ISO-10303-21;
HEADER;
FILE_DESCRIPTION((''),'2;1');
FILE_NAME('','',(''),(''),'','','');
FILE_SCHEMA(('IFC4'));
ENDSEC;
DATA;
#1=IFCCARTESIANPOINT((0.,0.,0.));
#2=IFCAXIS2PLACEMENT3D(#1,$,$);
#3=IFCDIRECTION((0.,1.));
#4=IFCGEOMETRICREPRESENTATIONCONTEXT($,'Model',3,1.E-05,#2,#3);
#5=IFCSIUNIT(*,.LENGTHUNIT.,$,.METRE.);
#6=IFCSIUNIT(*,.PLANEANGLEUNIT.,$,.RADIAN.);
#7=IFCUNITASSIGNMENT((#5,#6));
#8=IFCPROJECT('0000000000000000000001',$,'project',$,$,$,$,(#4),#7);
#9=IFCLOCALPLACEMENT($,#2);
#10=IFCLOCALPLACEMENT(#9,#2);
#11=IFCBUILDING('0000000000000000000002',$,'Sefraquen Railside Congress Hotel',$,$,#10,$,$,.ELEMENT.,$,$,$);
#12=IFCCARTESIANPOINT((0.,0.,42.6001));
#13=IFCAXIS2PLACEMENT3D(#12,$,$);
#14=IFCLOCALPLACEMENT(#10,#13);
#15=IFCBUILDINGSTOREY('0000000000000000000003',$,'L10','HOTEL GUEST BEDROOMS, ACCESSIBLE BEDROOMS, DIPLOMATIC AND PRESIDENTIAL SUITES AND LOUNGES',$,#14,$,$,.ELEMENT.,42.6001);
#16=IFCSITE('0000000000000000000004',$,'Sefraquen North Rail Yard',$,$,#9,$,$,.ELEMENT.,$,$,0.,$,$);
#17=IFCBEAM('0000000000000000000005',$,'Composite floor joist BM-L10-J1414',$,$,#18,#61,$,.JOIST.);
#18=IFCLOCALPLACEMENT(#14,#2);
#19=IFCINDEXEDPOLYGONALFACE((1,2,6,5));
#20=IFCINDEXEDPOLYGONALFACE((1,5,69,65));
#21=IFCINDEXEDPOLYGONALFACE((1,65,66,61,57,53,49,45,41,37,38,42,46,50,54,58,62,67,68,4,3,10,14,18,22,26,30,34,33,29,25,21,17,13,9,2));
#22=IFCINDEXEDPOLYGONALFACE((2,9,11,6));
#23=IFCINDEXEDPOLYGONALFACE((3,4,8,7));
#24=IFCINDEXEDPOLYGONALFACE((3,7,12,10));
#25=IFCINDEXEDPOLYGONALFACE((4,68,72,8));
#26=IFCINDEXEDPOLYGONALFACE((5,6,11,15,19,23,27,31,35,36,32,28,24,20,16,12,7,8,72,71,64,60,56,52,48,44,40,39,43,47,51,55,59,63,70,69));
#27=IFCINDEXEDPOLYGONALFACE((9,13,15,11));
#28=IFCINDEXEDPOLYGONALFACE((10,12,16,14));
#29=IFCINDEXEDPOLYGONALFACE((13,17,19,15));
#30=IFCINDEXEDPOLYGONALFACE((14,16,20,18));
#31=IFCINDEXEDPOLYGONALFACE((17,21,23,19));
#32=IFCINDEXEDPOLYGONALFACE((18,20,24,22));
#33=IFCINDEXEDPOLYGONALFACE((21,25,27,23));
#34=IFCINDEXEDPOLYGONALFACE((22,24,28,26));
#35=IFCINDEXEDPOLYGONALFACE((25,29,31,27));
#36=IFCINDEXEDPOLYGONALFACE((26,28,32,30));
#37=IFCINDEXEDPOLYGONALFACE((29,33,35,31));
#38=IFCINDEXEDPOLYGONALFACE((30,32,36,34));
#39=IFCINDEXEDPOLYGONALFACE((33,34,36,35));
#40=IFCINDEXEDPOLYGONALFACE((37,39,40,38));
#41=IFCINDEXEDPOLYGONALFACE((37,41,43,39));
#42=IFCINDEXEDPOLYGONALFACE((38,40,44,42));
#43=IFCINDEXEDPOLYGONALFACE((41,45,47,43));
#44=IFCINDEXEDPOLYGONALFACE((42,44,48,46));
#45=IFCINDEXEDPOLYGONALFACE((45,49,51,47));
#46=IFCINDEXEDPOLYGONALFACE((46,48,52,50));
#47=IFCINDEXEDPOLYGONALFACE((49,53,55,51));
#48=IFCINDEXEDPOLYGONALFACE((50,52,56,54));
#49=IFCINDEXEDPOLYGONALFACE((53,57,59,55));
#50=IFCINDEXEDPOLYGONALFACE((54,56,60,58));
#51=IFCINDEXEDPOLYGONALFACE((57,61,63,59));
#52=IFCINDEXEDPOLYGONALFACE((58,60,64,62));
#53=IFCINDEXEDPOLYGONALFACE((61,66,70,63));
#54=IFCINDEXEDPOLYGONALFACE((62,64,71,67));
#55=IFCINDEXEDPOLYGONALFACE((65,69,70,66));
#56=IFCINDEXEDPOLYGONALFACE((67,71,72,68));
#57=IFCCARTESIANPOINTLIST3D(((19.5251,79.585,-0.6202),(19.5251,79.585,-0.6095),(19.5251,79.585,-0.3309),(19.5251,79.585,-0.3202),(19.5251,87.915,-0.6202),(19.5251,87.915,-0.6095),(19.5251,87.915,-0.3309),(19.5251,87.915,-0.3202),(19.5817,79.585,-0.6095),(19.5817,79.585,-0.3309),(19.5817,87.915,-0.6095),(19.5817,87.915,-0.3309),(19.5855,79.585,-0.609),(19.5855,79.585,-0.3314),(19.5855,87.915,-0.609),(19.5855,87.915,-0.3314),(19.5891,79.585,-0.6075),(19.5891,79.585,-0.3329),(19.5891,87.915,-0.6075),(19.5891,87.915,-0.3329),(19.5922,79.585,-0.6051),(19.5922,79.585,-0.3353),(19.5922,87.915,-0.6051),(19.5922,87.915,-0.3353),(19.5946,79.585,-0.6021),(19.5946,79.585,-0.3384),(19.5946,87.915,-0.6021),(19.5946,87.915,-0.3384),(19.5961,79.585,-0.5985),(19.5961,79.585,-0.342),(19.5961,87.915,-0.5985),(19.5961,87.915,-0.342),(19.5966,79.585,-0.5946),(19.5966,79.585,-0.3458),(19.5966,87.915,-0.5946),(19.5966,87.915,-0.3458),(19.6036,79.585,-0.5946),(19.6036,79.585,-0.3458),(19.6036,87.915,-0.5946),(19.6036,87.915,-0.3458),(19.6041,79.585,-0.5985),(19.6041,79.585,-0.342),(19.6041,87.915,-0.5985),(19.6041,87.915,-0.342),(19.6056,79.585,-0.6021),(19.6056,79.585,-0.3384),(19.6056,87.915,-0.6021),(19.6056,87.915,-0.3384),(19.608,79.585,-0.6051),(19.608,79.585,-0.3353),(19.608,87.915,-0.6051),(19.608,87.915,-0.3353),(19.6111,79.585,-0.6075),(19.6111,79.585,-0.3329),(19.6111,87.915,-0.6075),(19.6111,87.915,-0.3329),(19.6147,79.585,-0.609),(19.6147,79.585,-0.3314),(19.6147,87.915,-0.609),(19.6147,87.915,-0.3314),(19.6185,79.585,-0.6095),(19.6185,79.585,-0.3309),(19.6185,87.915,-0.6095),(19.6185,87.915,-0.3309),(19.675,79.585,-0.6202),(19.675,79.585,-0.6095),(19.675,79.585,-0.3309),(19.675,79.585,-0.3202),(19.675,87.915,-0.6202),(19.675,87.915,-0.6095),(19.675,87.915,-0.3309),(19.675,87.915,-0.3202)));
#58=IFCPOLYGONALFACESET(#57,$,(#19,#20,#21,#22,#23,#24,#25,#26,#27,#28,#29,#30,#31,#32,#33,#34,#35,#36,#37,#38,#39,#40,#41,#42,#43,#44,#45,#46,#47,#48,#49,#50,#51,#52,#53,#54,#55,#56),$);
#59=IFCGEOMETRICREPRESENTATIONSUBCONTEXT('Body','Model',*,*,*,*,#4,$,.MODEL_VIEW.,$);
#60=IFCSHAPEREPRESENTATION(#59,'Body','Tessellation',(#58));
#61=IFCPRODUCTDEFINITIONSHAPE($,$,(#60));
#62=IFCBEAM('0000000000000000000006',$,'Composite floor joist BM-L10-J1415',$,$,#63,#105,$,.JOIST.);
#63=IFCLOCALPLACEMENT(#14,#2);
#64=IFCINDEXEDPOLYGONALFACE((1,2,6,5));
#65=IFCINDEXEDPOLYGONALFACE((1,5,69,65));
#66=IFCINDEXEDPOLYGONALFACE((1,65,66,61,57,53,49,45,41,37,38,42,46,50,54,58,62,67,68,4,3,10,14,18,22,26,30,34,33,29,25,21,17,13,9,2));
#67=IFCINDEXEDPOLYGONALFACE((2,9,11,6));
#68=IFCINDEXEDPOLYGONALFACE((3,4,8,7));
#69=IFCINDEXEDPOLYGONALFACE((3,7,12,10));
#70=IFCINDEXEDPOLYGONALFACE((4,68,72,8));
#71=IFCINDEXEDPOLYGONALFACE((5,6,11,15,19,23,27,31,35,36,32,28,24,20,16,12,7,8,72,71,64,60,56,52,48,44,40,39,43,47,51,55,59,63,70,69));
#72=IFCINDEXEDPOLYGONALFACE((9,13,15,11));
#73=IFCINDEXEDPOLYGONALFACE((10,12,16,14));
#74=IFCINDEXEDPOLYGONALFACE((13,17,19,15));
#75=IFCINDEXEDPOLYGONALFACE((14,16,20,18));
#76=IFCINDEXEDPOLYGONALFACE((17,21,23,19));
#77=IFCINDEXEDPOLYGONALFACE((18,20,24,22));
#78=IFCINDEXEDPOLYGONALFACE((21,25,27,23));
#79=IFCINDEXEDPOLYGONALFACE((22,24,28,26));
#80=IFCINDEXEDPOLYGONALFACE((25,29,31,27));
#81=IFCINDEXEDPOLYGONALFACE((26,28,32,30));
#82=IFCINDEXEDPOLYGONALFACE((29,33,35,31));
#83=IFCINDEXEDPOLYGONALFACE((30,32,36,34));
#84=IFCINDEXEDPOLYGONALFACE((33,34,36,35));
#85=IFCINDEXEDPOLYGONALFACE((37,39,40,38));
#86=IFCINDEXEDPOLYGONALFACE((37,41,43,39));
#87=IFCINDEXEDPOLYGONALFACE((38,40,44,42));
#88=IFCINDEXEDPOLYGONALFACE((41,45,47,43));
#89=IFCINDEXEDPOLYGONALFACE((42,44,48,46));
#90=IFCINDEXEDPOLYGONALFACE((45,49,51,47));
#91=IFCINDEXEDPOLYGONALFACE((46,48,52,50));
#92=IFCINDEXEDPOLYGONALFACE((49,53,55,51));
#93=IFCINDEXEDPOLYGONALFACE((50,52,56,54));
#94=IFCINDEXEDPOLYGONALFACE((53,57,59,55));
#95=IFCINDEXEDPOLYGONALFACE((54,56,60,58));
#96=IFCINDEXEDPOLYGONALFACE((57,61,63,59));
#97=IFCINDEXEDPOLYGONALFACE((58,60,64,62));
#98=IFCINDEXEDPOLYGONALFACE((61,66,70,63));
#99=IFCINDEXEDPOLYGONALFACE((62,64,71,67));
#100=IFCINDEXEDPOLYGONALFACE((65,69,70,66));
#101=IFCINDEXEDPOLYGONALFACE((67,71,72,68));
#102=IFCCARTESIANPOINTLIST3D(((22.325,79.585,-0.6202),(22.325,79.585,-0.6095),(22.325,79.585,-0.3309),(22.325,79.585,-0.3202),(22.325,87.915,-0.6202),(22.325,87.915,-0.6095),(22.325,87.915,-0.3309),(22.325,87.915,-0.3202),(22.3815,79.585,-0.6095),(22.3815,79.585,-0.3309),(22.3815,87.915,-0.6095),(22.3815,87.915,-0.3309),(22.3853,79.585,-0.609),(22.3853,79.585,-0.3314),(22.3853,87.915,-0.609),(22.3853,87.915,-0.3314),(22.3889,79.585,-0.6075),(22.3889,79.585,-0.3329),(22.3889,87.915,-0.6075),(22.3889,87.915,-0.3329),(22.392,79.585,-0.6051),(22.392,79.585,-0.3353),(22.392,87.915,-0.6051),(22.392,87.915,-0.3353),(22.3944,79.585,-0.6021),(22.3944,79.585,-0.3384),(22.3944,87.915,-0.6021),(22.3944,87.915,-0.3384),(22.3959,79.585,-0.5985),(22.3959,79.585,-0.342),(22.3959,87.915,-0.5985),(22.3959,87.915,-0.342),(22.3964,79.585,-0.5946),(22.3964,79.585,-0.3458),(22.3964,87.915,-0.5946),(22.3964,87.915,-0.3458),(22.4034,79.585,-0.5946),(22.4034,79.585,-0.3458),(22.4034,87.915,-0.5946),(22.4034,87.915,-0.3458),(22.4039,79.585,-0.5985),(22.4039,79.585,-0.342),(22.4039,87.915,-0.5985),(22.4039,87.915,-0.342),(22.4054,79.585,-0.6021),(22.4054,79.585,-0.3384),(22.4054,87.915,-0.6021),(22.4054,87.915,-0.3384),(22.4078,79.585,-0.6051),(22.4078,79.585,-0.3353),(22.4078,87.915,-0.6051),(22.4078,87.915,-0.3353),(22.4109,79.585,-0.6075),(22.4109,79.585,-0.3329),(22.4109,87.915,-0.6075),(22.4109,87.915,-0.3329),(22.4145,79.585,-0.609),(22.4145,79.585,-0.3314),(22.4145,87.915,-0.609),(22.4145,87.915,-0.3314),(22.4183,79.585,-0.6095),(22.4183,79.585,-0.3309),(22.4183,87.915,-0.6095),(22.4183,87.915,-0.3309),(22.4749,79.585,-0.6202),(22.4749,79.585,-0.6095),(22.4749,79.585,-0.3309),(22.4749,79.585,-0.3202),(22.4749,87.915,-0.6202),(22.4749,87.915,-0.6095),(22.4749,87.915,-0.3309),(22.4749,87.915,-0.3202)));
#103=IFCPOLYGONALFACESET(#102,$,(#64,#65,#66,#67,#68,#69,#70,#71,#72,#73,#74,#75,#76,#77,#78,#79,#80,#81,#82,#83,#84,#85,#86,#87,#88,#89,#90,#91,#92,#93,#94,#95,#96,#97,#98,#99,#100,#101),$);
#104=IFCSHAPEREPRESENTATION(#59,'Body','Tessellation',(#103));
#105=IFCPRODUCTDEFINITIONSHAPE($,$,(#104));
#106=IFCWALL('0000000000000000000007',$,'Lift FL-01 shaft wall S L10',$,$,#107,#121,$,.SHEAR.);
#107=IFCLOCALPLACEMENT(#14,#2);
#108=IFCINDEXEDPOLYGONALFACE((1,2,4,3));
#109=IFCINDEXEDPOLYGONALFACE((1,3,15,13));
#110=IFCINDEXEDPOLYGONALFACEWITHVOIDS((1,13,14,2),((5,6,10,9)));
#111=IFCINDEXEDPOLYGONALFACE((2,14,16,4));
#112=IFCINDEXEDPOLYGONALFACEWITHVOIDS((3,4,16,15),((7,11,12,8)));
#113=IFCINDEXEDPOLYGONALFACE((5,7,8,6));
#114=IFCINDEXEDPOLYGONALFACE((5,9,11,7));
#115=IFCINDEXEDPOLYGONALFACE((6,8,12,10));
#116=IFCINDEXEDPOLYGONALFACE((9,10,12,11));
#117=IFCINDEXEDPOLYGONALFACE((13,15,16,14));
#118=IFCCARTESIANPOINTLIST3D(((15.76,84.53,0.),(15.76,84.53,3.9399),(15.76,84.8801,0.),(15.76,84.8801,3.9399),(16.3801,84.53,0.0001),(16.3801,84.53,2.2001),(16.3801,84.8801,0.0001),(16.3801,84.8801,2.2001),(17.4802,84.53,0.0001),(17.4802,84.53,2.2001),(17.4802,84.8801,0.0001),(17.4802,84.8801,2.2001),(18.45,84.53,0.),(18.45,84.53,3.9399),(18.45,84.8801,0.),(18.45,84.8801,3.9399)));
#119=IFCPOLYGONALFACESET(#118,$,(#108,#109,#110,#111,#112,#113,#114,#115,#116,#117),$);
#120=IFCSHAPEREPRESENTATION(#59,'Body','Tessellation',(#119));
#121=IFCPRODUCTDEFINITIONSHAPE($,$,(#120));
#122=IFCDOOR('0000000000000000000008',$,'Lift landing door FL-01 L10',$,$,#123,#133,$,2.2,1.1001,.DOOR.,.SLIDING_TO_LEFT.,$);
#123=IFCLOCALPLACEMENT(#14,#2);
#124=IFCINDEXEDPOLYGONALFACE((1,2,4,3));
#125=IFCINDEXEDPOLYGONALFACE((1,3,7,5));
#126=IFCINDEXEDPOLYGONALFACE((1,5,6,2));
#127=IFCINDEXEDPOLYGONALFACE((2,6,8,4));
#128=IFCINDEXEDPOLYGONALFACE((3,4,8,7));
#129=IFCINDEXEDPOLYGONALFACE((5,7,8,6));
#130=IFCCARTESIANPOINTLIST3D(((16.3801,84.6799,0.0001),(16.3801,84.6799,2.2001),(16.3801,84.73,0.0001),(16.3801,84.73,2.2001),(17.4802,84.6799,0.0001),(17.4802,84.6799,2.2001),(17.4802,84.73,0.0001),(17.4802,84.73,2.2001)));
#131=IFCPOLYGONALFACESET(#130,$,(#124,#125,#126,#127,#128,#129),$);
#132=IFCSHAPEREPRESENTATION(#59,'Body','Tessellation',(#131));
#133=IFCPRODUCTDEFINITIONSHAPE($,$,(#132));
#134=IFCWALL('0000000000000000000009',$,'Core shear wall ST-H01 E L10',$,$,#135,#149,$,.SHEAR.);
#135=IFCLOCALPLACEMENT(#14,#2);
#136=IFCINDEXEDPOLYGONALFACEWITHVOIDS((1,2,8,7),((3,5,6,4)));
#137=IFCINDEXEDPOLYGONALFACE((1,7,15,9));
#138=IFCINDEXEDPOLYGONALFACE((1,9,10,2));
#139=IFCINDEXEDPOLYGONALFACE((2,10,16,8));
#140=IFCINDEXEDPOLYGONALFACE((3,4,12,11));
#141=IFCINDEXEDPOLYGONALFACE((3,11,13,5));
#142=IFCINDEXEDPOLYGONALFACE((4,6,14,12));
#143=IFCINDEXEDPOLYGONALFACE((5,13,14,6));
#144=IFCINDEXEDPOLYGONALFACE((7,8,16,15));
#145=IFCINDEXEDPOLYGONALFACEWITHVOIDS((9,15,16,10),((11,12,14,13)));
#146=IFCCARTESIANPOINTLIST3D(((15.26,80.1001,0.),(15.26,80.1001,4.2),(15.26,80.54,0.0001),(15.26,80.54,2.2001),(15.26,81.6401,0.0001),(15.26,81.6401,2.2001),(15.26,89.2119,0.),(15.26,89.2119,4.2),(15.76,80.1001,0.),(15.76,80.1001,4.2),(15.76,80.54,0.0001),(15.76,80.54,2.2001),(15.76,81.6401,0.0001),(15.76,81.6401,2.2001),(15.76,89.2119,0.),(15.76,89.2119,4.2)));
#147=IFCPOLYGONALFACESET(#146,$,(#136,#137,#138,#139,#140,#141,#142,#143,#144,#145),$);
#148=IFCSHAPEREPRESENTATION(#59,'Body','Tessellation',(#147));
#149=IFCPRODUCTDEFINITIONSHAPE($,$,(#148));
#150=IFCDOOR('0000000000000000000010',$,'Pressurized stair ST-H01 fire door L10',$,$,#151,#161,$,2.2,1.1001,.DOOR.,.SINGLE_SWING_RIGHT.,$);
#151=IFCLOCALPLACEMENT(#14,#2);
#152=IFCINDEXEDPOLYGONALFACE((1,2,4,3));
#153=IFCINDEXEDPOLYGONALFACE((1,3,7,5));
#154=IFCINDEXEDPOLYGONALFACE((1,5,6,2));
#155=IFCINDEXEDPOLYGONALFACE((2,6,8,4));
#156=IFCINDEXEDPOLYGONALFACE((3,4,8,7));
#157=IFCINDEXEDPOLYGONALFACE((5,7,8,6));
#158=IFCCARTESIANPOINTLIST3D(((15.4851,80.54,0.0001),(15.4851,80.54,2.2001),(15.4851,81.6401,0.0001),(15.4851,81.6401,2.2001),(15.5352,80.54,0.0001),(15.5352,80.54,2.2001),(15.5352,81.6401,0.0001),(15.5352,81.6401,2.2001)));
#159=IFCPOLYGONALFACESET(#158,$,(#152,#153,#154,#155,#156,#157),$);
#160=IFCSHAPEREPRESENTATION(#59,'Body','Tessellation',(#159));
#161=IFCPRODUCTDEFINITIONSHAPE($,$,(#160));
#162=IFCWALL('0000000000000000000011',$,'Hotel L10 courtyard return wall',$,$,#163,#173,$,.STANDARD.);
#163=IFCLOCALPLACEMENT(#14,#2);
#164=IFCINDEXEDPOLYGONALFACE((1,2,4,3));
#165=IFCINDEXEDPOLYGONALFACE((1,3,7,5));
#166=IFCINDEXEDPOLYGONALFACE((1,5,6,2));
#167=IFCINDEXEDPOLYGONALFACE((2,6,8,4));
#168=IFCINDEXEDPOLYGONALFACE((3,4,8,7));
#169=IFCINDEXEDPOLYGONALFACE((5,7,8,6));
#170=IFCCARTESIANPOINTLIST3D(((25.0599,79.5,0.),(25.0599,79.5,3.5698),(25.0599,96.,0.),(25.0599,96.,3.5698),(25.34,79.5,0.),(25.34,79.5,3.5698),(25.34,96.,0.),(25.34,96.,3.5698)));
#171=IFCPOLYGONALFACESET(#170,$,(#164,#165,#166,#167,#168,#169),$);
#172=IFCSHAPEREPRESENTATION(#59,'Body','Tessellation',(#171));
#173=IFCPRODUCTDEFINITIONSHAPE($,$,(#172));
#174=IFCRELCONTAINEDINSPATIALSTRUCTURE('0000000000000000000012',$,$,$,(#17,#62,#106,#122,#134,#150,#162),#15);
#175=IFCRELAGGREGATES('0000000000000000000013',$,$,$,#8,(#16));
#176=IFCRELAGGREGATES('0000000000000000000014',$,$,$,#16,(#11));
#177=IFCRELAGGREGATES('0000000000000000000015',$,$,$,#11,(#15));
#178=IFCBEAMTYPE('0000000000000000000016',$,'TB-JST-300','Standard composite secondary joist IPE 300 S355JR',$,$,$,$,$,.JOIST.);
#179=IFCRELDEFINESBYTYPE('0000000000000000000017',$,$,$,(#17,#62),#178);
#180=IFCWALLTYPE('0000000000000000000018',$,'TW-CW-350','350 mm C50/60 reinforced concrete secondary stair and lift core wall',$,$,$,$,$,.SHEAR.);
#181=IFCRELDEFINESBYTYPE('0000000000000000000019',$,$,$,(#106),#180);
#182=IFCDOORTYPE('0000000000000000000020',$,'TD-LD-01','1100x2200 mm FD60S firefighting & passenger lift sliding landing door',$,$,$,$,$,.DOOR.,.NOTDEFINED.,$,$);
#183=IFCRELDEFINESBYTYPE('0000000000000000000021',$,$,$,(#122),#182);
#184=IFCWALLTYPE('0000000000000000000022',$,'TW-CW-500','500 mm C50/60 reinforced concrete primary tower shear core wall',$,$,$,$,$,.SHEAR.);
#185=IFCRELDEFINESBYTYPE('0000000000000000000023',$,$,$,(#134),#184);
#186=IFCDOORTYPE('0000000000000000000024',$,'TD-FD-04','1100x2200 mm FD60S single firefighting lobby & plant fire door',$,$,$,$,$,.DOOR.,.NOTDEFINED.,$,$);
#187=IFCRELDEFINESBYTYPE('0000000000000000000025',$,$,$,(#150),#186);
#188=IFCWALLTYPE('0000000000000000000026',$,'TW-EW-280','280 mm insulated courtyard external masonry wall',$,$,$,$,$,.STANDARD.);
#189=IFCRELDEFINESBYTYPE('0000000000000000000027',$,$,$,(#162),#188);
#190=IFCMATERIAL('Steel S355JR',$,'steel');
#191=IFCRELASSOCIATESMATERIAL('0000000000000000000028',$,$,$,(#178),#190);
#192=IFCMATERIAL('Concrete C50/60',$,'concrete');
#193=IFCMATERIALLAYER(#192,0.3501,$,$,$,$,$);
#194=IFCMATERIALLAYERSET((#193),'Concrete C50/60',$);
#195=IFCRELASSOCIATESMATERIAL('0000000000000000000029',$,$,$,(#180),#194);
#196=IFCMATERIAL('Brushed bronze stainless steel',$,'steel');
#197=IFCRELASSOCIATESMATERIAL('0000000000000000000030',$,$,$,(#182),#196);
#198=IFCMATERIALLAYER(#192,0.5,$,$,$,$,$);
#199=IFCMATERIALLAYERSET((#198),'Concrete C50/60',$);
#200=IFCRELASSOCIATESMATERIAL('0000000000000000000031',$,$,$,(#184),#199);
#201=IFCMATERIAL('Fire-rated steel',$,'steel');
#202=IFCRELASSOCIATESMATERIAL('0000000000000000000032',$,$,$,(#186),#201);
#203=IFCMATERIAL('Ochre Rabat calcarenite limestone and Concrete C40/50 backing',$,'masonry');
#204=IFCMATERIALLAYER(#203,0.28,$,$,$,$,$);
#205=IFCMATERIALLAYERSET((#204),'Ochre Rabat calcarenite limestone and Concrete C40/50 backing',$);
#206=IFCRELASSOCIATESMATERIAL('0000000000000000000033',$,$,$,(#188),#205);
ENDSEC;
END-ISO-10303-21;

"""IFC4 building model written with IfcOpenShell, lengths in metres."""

from ifc_helpers import new_model, si_unit, direction, frame, frame_2d, origin, origin_2d, place, context, subcontext, project, spatial, rectangle, i_section, extrude, material, layer, layer_set, material_profile, profile_set, type_object, element, fill, save


model = new_model("IFC4")

# Units and contexts
model_context = context("Model", 3, precision=1e-05, world=origin(), true_north=direction((0.0, 1.0)))
body_context = subcontext(model_context, "Body", "Model", "MODEL_VIEW")
ifc_project = project(units=[si_unit("LENGTHUNIT", "METRE"), si_unit("PLANEANGLEUNIT", "RADIAN")], contexts=[model_context])

# Site, building, storey
site_placement = place(None, origin())
site = spatial("IfcSite", under=ifc_project, at=site_placement, Name="Sefraquen North Rail Yard", CompositionType="ELEMENT", RefElevation=0.0)
building_placement = place(site_placement, origin())
building = spatial("IfcBuilding", under=site, at=building_placement, Name="Sefraquen Railside Congress Hotel", CompositionType="ELEMENT")
storey_placement = place(building_placement, frame((0.0, 0.0, 42.6001)))
storey = spatial("IfcBuildingStorey", under=building, at=storey_placement, Name="L10", Description="HOTEL GUEST BEDROOMS, ACCESSIBLE BEDROOMS, DIPLOMATIC AND PRESIDENTIAL SUITES AND LOUNGES", CompositionType="ELEMENT", Elevation=42.6001)

# Shared definitions
ifc_material_1 = material(Name="Steel S355JR", Category="steel")

# Beams
ifc_material_profile_1 = material_profile(ifc_material_1, i_section(OverallWidth=0.1499, OverallDepth=0.3, WebThickness=0.0071, FlangeThickness=0.0107, FilletRadius=0.0149, at=origin_2d()), Name="IPE 300")
ifc_profile_set_1 = profile_set([ifc_material_profile_1], Name="Steel S355JR")
beam_type_1 = type_object("IfcBeamType", Name="TB-JST-300", Description="Standard composite secondary joist IPE 300 S355JR", PredefinedType="JOIST", material=ifc_profile_set_1)
for number, where, z_axis, x_axis, name in (
    (1, (19.6001, 79.585, -0.4702), (0.0, 1.0, 0.0), (-1.0, 0.0, 0.0), "Composite floor joist BM-L10-J1414"),
    (2, (22.3999, 79.585, -0.4702), (0.0, 1.0, 0.0), (-1.0, 0.0, 0.0), "Composite floor joist BM-L10-J1415"),
):
    element("IfcBeam", number, at=place(storey_placement, frame(where, z_axis=z_axis, x_axis=x_axis)), inside=storey, type_object=beam_type_1, Name=name, PredefinedType="JOIST", context=body_context, shape_type="SweptSolid", body=[
        extrude(i_section(OverallWidth=0.1499, OverallDepth=0.3, WebThickness=0.0071, FlangeThickness=0.0107, FilletRadius=0.0149, at=origin_2d()), origin(), (0.0, 0.0, 1.0), 8.3301),
    ])

# Walls, openings, doors
ifc_material_2 = material(Name="Concrete C50/60", Category="concrete")
ifc_layer_1 = layer(ifc_material_2, 0.3501)
ifc_layer_set_1 = layer_set([ifc_layer_1], Name="Concrete C50/60")
wall_type_1 = type_object("IfcWallType", Name="TW-CW-350", Description="350 mm C50/60 reinforced concrete secondary stair and lift core wall", PredefinedType="SHEAR", material=ifc_layer_set_1)
wall_1_placement = place(storey_placement, frame((15.76, 84.7051, 0.0), z_axis=(0.0, 0.0, 1.0), x_axis=(1.0, 0.0, 0.0)))
wall_1 = element("IfcWall", 3, at=wall_1_placement, inside=storey, type_object=wall_type_1, Name="Lift FL-01 shaft wall S L10", PredefinedType="SHEAR", context=body_context, shape_type="SweptSolid", body=[
    extrude(rectangle(XDim=2.6899, YDim=0.3501, at=frame_2d((1.345, 0.0))), origin(), (0.0, 0.0, 1.0), 3.9399),
])
opening_1_placement = place(wall_1_placement, frame((0.6201, 0.0, 0.0)))
opening_1 = element("IfcOpeningElement", 4, at=opening_1_placement, cuts=wall_1, PredefinedType="OPENING", context=body_context, shape_type="SweptSolid", body=[
    extrude(rectangle(XDim=1.1001, YDim=2.2, at=frame_2d((0.55, 1.1001))), frame((0.0, 0.1851, 0.0), z_axis=(0.0, -1.0, 0.0), x_axis=(1.0, 0.0, 0.0)), (0.0, 0.0, 1.0), 0.3701),
])
ifc_material_3 = material(Name="Brushed bronze stainless steel", Category="steel")
door_type_1 = type_object("IfcDoorType", Name="TD-LD-01", Description="1100x2200 mm FD60S firefighting & passenger lift sliding landing door", OperationType="NOTDEFINED", PredefinedType="DOOR", material=ifc_material_3)
door_1_placement = place(opening_1_placement, origin())
door_1 = element("IfcDoor", 5, at=door_1_placement, inside=storey, type_object=door_type_1, Name="Lift landing door FL-01 L10", OperationType="SLIDING_TO_LEFT", OverallHeight=2.2, OverallWidth=1.1001, PredefinedType="DOOR", context=body_context, shape_type="SweptSolid", body=[
    extrude(rectangle(XDim=1.1001, YDim=2.2, at=frame_2d((0.55, 1.1001))), frame((0.0, 0.0249, 0.0), z_axis=(0.0, -1.0, 0.0), x_axis=(1.0, 0.0, 0.0)), (0.0, 0.0, 1.0), 0.05),
])
fill(opening_1, door_1)
ifc_layer_2 = layer(ifc_material_2, 0.5)
ifc_layer_set_2 = layer_set([ifc_layer_2], Name="Concrete C50/60")
wall_type_2 = type_object("IfcWallType", Name="TW-CW-500", Description="500 mm C50/60 reinforced concrete primary tower shear core wall", PredefinedType="SHEAR", material=ifc_layer_set_2)
wall_2_placement = place(storey_placement, frame((15.51, 80.1001, 0.0), z_axis=(0.0, 0.0, 1.0), x_axis=(0.0, 1.0, 0.0)))
wall_2 = element("IfcWall", 6, at=wall_2_placement, inside=storey, type_object=wall_type_2, Name="Core shear wall ST-H01 E L10", PredefinedType="SHEAR", context=body_context, shape_type="SweptSolid", body=[
    extrude(rectangle(XDim=9.1118, YDim=0.5, at=frame_2d((4.5559, 0.0))), origin(), (0.0, 0.0, 1.0), 4.2),
])
opening_2_placement = place(wall_2_placement, frame((0.4399, 0.0, 0.0)))
opening_2 = element("IfcOpeningElement", 7, at=opening_2_placement, cuts=wall_2, PredefinedType="OPENING", context=body_context, shape_type="SweptSolid", body=[
    extrude(rectangle(XDim=1.1001, YDim=2.2, at=frame_2d((0.55, 1.1001))), frame((0.0, 0.26, 0.0), z_axis=(0.0, -1.0, 0.0), x_axis=(1.0, 0.0, 0.0)), (0.0, 0.0, 1.0), 0.52),
])
ifc_material_4 = material(Name="Fire-rated steel", Category="steel")
door_type_2 = type_object("IfcDoorType", Name="TD-FD-04", Description="1100x2200 mm FD60S single firefighting lobby & plant fire door", OperationType="NOTDEFINED", PredefinedType="DOOR", material=ifc_material_4)
door_2_placement = place(opening_2_placement, origin())
door_2 = element("IfcDoor", 8, at=door_2_placement, inside=storey, type_object=door_type_2, Name="Pressurized stair ST-H01 fire door L10", OperationType="SINGLE_SWING_RIGHT", OverallHeight=2.2, OverallWidth=1.1001, PredefinedType="DOOR", context=body_context, shape_type="SweptSolid", body=[
    extrude(rectangle(XDim=1.1001, YDim=2.2, at=frame_2d((0.55, 1.1001))), frame((0.0, 0.0249, 0.0), z_axis=(0.0, -1.0, 0.0), x_axis=(1.0, 0.0, 0.0)), (0.0, 0.0, 1.0), 0.05),
])
fill(opening_2, door_2)

# Wall
ifc_material_5 = material(Name="Ochre Rabat calcarenite limestone and Concrete C40/50 backing", Category="masonry")
ifc_layer_3 = layer(ifc_material_5, 0.28)
ifc_layer_set_3 = layer_set([ifc_layer_3], Name="Ochre Rabat calcarenite limestone and Concrete C40/50 backing")
wall_type_3 = type_object("IfcWallType", Name="TW-EW-280", Description="280 mm insulated courtyard external masonry wall", PredefinedType="STANDARD", material=ifc_layer_set_3)
wall_3_placement = place(storey_placement, frame((25.2, 79.5, 0.0), z_axis=(0.0, 0.0, 1.0), x_axis=(0.0, 1.0, 0.0)))
element("IfcWall", 9, at=wall_3_placement, inside=storey, type_object=wall_type_3, Name="Hotel L10 courtyard return wall", PredefinedType="STANDARD", context=body_context, shape_type="SweptSolid", body=[
    extrude(rectangle(XDim=16.5, YDim=0.28, at=frame_2d((8.25, 0.0))), origin(), (0.0, 0.0, 1.0), 3.5698),
])

save(model, "model.ifc")
